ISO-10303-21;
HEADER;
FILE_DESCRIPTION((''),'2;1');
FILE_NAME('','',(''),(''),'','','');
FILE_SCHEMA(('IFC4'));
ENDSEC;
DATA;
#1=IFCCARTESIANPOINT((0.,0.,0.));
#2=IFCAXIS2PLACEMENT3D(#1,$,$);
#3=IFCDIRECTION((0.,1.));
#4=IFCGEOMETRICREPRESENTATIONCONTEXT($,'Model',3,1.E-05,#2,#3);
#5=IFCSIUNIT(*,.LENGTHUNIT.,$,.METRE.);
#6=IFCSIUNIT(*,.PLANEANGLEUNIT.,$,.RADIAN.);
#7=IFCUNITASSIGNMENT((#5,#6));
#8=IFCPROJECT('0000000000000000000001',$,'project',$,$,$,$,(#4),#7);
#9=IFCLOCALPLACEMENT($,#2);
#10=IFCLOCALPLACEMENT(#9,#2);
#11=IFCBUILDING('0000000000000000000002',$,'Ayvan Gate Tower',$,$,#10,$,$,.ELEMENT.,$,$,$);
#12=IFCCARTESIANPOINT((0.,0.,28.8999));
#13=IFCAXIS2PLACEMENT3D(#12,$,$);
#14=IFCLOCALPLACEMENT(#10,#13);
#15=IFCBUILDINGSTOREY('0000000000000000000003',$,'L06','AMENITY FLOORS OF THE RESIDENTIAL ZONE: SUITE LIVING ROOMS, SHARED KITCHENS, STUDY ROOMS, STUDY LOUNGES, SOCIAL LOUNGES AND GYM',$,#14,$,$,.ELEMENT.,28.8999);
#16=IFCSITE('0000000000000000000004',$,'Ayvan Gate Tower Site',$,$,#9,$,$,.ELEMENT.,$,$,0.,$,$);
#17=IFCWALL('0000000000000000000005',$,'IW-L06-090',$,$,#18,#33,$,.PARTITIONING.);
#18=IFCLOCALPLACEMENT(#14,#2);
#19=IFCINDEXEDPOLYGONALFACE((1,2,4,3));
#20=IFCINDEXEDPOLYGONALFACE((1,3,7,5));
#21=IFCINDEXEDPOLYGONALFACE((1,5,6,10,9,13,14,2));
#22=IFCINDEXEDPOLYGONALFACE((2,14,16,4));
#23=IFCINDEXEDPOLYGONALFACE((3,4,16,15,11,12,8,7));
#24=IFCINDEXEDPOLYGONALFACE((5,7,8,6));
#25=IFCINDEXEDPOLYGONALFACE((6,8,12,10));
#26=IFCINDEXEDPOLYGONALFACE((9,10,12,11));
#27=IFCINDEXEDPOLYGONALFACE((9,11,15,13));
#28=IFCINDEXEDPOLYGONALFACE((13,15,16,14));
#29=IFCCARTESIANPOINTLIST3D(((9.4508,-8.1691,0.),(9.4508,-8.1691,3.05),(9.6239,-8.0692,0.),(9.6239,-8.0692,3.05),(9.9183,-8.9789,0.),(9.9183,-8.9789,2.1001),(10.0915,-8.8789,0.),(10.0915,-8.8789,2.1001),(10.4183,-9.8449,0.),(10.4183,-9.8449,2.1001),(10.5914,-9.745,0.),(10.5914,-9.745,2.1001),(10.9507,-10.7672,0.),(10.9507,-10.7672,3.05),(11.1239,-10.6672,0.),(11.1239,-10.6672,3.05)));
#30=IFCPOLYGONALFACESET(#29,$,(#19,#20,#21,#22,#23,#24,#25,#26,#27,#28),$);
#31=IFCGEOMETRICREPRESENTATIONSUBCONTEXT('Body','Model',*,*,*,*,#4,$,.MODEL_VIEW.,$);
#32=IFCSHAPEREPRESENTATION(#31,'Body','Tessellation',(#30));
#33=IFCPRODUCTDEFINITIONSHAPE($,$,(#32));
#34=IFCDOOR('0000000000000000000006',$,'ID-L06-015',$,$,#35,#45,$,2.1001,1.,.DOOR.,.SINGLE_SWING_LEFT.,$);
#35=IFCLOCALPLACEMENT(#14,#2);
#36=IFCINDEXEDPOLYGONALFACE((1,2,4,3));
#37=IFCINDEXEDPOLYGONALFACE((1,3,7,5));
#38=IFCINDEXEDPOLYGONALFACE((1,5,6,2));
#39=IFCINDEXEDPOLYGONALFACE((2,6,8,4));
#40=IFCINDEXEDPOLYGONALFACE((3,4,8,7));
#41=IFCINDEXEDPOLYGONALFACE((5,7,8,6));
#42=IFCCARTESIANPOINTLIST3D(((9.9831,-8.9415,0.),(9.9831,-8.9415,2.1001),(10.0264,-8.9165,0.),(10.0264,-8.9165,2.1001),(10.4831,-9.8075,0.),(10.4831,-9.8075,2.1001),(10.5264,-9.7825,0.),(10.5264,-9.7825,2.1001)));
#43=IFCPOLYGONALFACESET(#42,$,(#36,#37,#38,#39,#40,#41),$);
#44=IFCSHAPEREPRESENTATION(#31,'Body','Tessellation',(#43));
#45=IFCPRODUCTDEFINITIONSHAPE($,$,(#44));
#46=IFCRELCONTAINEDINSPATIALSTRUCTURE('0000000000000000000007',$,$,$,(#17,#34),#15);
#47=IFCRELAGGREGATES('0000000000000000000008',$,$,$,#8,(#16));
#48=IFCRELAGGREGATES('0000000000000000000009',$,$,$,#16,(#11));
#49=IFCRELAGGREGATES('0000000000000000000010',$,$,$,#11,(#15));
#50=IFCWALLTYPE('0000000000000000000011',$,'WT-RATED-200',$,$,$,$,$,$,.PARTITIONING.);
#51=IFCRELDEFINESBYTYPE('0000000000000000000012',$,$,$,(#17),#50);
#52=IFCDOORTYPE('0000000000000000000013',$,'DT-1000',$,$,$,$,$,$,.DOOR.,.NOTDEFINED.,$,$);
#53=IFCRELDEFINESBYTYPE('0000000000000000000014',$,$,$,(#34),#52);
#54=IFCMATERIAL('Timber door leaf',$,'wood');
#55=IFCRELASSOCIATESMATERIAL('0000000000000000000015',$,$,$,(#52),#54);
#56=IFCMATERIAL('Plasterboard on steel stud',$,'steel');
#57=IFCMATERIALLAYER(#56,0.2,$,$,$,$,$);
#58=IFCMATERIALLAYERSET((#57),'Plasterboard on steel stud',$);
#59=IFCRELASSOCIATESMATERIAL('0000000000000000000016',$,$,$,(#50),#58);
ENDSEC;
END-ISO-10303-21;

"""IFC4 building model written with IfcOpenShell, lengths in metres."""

from ifc_helpers import new_model, si_unit, direction, frame, frame_2d, origin, place, context, subcontext, project, spatial, rectangle, extrude, material, layer, layer_set, type_object, element, fill, save


model = new_model("IFC4")

# Units and contexts
model_context = context("Model", 3, precision=1e-05, world=origin(), true_north=direction((0.0, 1.0)))
body_context = subcontext(model_context, "Body", "Model", "MODEL_VIEW")
ifc_project = project(units=[si_unit("LENGTHUNIT", "METRE"), si_unit("PLANEANGLEUNIT", "RADIAN")], contexts=[model_context])

# Site, building, storey
site_placement = place(None, origin())
site = spatial("IfcSite", under=ifc_project, at=site_placement, Name="Ayvan Gate Tower Site", CompositionType="ELEMENT", RefElevation=0.0)
building_placement = place(site_placement, origin())
building = spatial("IfcBuilding", under=site, at=building_placement, Name="Ayvan Gate Tower", CompositionType="ELEMENT")
storey_placement = place(building_placement, frame((0.0, 0.0, 28.8999)))
storey = spatial("IfcBuildingStorey", under=building, at=storey_placement, Name="L06", Description="AMENITY FLOORS OF THE RESIDENTIAL ZONE: SUITE LIVING ROOMS, SHARED KITCHENS, STUDY ROOMS, STUDY LOUNGES, SOCIAL LOUNGES AND GYM", CompositionType="ELEMENT", Elevation=28.8999)

# Shared definitions
ifc_material_1 = material(Name="Timber door leaf", Category="wood")

# Shared definitions
ifc_material_2 = material(Name="Plasterboard on steel stud", Category="steel")

# Shared definitions
door_type_1 = type_object("IfcDoorType", Name="DT-1000", OperationType="NOTDEFINED", PredefinedType="DOOR", material=ifc_material_1)

# Wall, opening, door
ifc_layer_1 = layer(ifc_material_2, 0.2)
ifc_layer_set_1 = layer_set([ifc_layer_1], Name="Plasterboard on steel stud")
wall_type_1 = type_object("IfcWallType", Name="WT-RATED-200", PredefinedType="PARTITIONING", material=ifc_layer_set_1)
wall_1_placement = place(storey_placement, frame((9.5374, -8.1191, 0.0), z_axis=(0.0, 0.0, 1.0), x_axis=(0.49999, -0.866031, 0.0)))
wall_1 = element("IfcWall", 1, at=wall_1_placement, inside=storey, type_object=wall_type_1, Name="IW-L06-090", PredefinedType="PARTITIONING", context=body_context, shape_type="SweptSolid", body=[
    extrude(rectangle(XDim=3.0, YDim=0.2, at=frame_2d((1.5, 0.0))), origin(), (0.0, 0.0, 1.0), 3.05),
])
opening_1_placement = place(wall_1_placement, frame((0.9351, 0.0, 0.0)))
opening_1 = element("IfcOpeningElement", 2, at=opening_1_placement, cuts=wall_1, PredefinedType="OPENING", context=body_context, shape_type="SweptSolid", body=[
    extrude(rectangle(XDim=1.0, YDim=2.1001, at=frame_2d((0.5, 1.05))), frame((0.0, 0.1099, 0.0), z_axis=(0.0, -1.0, 0.0), x_axis=(1.0, 0.0, 0.0)), (0.0, 0.0, 1.0), 0.22),
])
door_1_placement = place(opening_1_placement, origin())
door_1 = element("IfcDoor", 3, at=door_1_placement, inside=storey, type_object=door_type_1, Name="ID-L06-015", OperationType="SINGLE_SWING_LEFT", OverallHeight=2.1001, OverallWidth=1.0, PredefinedType="DOOR", context=body_context, shape_type="SweptSolid", body=[
    extrude(rectangle(XDim=1.0, YDim=2.1001, at=frame_2d((0.5, 1.05))), frame((0.0, 0.0249, 0.0), z_axis=(0.0, -1.0, 0.0), x_axis=(1.0, 0.0, 0.0)), (0.0, 0.0, 1.0), 0.05),
])
fill(opening_1, door_1)

save(model, "model.ifc")
